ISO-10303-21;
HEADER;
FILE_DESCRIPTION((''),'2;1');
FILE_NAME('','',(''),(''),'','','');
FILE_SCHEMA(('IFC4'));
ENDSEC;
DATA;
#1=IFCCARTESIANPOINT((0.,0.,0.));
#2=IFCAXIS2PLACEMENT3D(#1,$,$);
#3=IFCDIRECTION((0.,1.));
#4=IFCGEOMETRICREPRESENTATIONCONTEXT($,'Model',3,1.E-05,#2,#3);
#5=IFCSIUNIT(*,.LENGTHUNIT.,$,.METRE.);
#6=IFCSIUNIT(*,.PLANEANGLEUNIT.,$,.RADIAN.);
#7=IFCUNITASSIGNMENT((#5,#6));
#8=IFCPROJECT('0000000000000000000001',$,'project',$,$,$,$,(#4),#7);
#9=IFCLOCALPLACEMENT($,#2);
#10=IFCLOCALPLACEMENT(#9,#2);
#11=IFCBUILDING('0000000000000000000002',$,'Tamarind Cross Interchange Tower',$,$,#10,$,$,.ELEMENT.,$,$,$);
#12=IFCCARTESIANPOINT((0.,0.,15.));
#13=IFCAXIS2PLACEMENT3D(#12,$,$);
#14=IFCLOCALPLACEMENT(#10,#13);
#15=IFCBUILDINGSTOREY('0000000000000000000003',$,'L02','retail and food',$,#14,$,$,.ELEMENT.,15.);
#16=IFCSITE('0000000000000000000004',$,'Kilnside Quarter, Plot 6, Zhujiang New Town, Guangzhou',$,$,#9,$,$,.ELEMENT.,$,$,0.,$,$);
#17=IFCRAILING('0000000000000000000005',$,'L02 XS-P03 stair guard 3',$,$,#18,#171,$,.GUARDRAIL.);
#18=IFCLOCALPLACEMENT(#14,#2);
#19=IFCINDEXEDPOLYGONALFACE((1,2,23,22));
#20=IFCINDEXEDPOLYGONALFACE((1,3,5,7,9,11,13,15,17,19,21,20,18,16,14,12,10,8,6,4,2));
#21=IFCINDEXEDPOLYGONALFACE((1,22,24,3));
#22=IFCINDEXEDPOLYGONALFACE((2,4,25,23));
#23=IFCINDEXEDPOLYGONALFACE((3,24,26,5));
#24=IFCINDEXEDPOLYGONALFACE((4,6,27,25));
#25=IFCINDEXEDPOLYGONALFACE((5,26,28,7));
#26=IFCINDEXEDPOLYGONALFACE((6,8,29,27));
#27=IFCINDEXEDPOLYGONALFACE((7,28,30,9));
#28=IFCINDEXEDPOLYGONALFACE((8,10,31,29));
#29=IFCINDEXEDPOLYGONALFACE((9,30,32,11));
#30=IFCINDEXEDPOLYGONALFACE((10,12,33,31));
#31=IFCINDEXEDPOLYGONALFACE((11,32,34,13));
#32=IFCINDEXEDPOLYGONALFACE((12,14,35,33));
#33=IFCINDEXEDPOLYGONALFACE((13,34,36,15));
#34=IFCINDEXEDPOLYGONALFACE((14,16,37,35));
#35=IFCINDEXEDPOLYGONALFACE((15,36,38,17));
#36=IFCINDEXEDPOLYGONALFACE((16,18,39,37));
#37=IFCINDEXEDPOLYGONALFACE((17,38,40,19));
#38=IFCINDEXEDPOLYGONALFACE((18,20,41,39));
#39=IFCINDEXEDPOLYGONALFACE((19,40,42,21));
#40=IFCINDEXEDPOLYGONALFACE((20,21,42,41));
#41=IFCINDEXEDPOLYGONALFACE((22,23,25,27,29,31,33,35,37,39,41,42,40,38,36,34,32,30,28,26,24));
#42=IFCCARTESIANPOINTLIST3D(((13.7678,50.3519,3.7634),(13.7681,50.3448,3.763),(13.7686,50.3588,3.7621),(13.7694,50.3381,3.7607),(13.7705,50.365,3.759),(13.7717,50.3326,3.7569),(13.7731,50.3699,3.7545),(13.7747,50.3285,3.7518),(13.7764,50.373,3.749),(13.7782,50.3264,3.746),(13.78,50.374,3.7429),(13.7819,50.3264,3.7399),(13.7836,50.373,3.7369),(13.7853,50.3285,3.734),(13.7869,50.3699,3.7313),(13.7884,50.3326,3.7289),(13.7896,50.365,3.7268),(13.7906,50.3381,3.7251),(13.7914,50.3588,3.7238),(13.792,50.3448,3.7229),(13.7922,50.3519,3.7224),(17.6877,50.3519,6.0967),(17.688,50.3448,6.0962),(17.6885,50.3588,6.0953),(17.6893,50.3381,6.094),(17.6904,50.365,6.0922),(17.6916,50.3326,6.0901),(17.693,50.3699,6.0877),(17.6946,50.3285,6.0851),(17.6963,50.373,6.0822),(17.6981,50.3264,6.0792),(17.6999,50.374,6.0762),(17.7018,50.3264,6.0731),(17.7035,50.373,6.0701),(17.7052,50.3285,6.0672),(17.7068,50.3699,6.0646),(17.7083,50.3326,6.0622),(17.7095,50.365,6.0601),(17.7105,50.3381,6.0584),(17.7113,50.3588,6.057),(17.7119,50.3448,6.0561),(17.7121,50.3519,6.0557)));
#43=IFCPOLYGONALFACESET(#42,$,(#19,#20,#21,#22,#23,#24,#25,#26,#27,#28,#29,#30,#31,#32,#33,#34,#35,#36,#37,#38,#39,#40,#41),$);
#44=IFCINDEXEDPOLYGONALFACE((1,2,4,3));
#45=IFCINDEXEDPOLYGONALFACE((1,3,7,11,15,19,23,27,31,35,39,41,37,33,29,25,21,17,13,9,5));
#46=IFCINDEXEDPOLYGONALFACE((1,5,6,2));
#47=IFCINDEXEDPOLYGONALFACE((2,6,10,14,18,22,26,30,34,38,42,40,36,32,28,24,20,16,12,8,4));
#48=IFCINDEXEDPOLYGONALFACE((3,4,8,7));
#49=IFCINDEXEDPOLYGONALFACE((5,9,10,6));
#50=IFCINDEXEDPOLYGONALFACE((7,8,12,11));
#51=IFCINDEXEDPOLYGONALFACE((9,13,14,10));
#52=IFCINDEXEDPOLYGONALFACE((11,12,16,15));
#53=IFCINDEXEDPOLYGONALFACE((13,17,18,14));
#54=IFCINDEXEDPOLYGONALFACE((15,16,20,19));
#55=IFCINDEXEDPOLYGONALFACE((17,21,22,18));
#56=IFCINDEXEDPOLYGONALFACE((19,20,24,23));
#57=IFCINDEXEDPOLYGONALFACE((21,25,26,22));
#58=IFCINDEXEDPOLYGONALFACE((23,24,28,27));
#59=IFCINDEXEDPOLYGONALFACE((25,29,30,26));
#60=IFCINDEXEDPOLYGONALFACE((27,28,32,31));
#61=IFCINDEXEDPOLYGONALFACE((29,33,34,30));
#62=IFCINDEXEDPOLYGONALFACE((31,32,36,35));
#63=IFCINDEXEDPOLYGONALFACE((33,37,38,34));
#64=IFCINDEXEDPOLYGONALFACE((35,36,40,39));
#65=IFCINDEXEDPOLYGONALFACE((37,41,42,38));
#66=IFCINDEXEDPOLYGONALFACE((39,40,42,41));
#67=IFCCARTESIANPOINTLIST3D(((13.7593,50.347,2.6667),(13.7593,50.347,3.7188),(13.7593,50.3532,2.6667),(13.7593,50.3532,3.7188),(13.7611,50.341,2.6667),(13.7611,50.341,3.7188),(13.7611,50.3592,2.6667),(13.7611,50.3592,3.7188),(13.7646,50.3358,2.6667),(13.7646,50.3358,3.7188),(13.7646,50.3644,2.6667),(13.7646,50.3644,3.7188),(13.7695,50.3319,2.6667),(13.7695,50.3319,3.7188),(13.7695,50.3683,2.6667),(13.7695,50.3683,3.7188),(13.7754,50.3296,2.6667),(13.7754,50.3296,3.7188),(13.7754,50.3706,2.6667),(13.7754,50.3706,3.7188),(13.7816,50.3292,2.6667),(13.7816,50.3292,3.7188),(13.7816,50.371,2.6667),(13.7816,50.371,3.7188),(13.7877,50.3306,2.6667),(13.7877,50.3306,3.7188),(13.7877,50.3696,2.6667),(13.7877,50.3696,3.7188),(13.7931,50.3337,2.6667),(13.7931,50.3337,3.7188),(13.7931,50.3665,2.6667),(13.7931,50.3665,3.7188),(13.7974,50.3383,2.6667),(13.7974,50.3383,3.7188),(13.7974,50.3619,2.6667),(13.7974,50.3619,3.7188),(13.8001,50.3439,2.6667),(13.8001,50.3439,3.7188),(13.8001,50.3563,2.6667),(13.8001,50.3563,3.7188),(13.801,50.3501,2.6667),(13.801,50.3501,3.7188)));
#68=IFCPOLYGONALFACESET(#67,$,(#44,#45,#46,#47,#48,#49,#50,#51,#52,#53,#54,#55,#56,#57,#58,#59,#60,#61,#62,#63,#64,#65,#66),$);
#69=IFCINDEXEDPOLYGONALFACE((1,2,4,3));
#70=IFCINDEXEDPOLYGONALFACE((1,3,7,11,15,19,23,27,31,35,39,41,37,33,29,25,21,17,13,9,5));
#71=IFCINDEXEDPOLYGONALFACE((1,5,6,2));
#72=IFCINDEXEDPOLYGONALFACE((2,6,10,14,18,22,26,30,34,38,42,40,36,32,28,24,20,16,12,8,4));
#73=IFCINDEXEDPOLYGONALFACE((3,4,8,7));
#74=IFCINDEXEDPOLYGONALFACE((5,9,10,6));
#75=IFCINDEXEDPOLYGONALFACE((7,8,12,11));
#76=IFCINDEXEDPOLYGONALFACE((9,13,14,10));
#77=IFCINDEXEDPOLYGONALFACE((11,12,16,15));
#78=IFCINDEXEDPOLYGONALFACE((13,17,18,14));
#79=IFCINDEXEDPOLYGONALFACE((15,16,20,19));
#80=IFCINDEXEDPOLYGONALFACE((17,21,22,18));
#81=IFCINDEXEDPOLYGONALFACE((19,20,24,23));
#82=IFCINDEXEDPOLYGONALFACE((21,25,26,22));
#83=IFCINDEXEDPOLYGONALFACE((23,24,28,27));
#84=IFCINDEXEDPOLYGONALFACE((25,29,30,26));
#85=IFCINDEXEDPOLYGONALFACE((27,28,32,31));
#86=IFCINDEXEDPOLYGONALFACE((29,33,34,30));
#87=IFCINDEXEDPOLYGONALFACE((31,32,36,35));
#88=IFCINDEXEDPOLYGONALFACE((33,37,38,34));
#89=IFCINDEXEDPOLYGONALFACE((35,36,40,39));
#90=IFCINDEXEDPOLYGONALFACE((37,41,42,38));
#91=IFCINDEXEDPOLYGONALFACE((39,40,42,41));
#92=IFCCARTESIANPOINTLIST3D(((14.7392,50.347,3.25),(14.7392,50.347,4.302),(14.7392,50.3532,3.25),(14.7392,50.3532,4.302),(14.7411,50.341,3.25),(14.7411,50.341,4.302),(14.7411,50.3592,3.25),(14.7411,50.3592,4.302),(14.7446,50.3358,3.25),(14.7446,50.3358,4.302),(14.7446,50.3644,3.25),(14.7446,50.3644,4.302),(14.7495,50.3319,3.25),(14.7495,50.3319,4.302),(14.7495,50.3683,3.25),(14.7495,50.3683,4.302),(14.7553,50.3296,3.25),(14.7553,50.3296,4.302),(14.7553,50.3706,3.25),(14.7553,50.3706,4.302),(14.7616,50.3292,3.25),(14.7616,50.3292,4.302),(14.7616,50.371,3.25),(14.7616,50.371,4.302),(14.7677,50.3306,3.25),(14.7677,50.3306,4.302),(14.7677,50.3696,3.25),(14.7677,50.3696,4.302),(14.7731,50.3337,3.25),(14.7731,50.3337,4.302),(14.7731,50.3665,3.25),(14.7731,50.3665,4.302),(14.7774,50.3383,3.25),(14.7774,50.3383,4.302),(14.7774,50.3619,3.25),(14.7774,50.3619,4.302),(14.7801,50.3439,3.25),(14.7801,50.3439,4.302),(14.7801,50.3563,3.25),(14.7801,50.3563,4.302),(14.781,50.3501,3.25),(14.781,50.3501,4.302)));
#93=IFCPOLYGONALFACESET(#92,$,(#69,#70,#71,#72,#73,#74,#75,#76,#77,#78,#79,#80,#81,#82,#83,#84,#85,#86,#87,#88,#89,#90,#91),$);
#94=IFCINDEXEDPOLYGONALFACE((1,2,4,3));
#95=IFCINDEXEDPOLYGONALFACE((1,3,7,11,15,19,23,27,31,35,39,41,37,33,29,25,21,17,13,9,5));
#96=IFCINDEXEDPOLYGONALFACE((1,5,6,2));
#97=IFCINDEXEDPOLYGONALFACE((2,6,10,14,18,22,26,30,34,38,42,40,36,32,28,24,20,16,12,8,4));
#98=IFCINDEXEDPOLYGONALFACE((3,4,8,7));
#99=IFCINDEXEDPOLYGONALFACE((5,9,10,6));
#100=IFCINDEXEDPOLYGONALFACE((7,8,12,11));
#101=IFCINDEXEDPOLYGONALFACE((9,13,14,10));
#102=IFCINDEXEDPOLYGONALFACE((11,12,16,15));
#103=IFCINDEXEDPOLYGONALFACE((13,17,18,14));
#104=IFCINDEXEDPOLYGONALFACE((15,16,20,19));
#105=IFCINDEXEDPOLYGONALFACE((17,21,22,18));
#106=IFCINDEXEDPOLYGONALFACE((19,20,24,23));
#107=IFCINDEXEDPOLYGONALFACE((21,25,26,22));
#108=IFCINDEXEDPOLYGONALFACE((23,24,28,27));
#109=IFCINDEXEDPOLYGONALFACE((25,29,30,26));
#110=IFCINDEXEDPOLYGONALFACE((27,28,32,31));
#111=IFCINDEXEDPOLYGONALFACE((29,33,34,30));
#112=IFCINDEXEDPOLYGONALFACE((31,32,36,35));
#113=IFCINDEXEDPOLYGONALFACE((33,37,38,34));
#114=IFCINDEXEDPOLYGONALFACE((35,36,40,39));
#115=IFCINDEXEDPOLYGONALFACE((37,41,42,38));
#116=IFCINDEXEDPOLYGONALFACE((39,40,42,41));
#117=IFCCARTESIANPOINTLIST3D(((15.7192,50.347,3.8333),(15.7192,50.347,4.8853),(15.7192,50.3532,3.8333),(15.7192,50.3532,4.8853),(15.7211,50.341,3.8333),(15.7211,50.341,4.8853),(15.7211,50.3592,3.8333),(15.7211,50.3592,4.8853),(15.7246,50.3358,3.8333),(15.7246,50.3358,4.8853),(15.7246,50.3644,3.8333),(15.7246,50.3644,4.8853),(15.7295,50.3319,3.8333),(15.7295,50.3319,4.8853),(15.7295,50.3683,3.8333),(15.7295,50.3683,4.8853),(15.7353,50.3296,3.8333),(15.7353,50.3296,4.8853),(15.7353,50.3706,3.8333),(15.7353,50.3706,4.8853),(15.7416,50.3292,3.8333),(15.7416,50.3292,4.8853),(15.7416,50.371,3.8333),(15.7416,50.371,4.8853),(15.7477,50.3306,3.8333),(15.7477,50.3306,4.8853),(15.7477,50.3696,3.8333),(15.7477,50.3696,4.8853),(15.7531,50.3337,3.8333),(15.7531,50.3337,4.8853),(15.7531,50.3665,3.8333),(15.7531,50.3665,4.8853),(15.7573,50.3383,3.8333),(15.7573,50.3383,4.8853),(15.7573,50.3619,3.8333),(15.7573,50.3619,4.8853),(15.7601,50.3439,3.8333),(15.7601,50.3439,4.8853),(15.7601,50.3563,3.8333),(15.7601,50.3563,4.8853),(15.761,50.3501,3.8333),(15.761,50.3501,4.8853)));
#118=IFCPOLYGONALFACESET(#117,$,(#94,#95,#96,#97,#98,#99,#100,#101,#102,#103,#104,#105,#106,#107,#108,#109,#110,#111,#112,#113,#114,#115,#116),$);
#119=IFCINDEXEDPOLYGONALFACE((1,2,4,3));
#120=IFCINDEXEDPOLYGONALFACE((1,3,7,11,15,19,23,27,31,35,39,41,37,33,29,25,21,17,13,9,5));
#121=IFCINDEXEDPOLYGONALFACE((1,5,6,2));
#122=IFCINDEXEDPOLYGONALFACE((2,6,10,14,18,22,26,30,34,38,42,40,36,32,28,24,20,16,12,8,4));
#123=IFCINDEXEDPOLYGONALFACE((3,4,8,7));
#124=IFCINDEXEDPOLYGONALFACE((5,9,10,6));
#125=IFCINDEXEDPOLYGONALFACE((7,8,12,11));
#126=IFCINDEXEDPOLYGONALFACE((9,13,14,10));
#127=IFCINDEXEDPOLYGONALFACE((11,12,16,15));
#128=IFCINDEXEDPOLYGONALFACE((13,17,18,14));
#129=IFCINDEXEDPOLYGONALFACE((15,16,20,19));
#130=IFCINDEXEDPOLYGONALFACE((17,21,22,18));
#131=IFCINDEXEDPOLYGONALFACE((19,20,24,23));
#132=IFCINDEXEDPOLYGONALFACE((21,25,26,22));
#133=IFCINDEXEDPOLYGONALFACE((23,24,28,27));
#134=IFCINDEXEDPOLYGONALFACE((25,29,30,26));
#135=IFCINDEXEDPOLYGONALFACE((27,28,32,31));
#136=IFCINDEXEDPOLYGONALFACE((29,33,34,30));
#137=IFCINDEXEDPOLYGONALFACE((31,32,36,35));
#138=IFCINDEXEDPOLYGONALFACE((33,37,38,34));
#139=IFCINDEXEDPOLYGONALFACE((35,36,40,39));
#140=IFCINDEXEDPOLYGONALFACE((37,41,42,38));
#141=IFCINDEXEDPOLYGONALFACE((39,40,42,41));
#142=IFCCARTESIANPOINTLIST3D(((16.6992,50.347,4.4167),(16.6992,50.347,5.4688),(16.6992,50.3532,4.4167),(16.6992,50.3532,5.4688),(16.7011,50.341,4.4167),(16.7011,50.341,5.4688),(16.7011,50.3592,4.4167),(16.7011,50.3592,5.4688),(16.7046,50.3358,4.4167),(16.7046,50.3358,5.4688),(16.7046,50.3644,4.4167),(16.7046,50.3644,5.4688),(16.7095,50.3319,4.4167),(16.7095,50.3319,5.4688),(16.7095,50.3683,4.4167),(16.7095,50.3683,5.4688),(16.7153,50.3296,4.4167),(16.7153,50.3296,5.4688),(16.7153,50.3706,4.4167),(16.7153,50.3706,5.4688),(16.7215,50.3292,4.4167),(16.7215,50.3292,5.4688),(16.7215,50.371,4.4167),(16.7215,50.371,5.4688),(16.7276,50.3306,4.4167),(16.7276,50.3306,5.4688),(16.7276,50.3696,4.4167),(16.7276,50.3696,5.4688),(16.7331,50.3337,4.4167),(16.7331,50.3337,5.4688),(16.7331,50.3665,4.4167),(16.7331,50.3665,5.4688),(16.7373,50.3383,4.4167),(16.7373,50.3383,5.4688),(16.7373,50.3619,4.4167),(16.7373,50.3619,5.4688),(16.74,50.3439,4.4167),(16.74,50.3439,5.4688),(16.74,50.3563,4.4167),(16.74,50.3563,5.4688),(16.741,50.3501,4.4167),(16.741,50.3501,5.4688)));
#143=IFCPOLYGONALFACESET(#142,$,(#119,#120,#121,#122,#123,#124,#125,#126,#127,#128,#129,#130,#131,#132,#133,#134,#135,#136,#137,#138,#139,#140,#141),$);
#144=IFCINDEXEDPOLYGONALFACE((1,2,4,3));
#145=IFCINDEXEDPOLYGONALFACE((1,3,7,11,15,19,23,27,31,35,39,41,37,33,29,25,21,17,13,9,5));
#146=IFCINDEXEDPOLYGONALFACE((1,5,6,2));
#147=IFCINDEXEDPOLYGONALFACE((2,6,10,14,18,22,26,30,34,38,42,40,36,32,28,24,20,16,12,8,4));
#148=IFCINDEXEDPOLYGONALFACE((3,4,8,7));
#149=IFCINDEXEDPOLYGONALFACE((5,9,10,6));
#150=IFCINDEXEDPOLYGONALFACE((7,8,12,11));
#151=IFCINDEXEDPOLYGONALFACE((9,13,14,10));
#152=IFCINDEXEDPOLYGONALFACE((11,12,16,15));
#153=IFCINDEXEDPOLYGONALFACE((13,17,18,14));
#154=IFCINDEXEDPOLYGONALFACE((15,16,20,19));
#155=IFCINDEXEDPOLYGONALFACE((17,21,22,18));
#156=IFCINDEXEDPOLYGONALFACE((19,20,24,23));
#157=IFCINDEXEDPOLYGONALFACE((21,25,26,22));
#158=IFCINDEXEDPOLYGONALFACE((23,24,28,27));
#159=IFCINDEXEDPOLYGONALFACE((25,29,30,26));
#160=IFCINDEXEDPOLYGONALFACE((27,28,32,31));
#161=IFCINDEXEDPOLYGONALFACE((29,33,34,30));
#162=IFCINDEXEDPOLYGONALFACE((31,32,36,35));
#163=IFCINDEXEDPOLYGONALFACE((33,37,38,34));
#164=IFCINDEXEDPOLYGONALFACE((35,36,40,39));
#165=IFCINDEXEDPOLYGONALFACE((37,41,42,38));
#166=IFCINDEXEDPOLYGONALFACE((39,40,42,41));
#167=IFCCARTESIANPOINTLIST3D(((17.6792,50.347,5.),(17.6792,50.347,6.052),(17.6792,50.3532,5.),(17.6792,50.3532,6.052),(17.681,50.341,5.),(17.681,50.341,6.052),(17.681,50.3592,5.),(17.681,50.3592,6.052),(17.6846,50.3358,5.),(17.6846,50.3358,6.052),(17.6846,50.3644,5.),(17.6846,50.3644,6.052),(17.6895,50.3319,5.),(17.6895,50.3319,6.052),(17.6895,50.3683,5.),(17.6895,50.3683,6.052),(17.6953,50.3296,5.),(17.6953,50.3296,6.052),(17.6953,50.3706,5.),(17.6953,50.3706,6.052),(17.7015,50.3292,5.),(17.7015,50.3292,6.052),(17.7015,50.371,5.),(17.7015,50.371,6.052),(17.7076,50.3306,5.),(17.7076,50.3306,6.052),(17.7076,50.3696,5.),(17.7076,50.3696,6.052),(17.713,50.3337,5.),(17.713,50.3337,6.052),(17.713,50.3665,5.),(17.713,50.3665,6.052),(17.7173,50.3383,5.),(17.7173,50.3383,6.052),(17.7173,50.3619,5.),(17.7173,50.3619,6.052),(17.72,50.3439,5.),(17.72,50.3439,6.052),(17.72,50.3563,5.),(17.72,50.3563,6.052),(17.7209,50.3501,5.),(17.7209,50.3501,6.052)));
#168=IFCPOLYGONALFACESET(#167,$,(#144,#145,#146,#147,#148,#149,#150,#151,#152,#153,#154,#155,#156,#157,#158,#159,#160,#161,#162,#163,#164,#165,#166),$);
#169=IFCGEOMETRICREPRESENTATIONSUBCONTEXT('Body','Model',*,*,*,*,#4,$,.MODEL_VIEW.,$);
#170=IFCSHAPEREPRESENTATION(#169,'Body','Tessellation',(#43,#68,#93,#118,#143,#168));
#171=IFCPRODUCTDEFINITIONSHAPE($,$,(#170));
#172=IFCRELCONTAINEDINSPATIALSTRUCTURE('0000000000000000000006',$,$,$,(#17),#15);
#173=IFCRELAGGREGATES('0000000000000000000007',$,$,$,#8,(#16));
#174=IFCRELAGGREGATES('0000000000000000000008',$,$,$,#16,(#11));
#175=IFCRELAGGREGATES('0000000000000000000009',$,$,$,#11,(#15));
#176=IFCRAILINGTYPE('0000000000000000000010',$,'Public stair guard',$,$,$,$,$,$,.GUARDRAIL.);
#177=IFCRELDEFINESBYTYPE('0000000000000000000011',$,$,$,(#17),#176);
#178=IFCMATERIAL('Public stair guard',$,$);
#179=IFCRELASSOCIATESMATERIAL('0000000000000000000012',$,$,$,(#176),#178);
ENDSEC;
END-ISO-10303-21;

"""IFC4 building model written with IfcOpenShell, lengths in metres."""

from ifc_helpers import new_model, si_unit, direction, frame, origin, origin_2d, place, context, subcontext, project, spatial, circle, extrude, material, type_object, element, save


model = new_model("IFC4")

# Units and contexts
model_context = context("Model", 3, precision=1e-05, world=origin(), true_north=direction((0.0, 1.0)))
body_context = subcontext(model_context, "Body", "Model", "MODEL_VIEW")
ifc_project = project(units=[si_unit("LENGTHUNIT", "METRE"), si_unit("PLANEANGLEUNIT", "RADIAN")], contexts=[model_context])

# Site, building, storey
site_placement = place(None, origin())
site = spatial("IfcSite", under=ifc_project, at=site_placement, Name="Kilnside Quarter, Plot 6, Zhujiang New Town, Guangzhou", CompositionType="ELEMENT", RefElevation=0.0)
building_placement = place(site_placement, origin())
building = spatial("IfcBuilding", under=site, at=building_placement, Name="Tamarind Cross Interchange Tower", CompositionType="ELEMENT")
storey_placement = place(building_placement, frame((0.0, 0.0, 15.0)))
storey = spatial("IfcBuildingStorey", under=building, at=storey_placement, Name="L02", Description="retail and food", CompositionType="ELEMENT", Elevation=15.0)

# Railing
ifc_material_1 = material(Name="Public stair guard")
railing_type_1 = type_object("IfcRailingType", Name="Public stair guard", PredefinedType="GUARDRAIL", material=ifc_material_1)
railing_1_placement = place(storey_placement, frame((13.78, 50.3501, 2.6667)))
element("IfcRailing", 1, at=railing_1_placement, inside=storey, type_object=railing_type_1, Name="L02 XS-P03 stair guard 3", PredefinedType="GUARDRAIL", context=body_context, shape_type="SweptSolid", body=[
    extrude(circle(Radius=0.0239, at=origin_2d()), frame((0.0, 0.0, 1.0762), z_axis=(0.859296, 0.0, 0.511478), x_axis=(0.0, 1.0, 0.0)), (0.0, 0.0, 1.0), 4.5618),
    extrude(circle(Radius=0.021, at=origin_2d()), origin(), (0.0, 0.0, 1.0), 1.052),
    extrude(circle(Radius=0.021, at=origin_2d()), frame((0.98, 0.0, 0.5833)), (0.0, 0.0, 1.0), 1.052),
    extrude(circle(Radius=0.021, at=origin_2d()), frame((1.96, 0.0, 1.1665)), (0.0, 0.0, 1.0), 1.052),
    extrude(circle(Radius=0.021, at=origin_2d()), frame((2.9399, 0.0, 1.75)), (0.0, 0.0, 1.0), 1.052),
    extrude(circle(Radius=0.021, at=origin_2d()), frame((3.9199, 0.0, 2.3333)), (0.0, 0.0, 1.0), 1.052),
])

save(model, "model.ifc")
